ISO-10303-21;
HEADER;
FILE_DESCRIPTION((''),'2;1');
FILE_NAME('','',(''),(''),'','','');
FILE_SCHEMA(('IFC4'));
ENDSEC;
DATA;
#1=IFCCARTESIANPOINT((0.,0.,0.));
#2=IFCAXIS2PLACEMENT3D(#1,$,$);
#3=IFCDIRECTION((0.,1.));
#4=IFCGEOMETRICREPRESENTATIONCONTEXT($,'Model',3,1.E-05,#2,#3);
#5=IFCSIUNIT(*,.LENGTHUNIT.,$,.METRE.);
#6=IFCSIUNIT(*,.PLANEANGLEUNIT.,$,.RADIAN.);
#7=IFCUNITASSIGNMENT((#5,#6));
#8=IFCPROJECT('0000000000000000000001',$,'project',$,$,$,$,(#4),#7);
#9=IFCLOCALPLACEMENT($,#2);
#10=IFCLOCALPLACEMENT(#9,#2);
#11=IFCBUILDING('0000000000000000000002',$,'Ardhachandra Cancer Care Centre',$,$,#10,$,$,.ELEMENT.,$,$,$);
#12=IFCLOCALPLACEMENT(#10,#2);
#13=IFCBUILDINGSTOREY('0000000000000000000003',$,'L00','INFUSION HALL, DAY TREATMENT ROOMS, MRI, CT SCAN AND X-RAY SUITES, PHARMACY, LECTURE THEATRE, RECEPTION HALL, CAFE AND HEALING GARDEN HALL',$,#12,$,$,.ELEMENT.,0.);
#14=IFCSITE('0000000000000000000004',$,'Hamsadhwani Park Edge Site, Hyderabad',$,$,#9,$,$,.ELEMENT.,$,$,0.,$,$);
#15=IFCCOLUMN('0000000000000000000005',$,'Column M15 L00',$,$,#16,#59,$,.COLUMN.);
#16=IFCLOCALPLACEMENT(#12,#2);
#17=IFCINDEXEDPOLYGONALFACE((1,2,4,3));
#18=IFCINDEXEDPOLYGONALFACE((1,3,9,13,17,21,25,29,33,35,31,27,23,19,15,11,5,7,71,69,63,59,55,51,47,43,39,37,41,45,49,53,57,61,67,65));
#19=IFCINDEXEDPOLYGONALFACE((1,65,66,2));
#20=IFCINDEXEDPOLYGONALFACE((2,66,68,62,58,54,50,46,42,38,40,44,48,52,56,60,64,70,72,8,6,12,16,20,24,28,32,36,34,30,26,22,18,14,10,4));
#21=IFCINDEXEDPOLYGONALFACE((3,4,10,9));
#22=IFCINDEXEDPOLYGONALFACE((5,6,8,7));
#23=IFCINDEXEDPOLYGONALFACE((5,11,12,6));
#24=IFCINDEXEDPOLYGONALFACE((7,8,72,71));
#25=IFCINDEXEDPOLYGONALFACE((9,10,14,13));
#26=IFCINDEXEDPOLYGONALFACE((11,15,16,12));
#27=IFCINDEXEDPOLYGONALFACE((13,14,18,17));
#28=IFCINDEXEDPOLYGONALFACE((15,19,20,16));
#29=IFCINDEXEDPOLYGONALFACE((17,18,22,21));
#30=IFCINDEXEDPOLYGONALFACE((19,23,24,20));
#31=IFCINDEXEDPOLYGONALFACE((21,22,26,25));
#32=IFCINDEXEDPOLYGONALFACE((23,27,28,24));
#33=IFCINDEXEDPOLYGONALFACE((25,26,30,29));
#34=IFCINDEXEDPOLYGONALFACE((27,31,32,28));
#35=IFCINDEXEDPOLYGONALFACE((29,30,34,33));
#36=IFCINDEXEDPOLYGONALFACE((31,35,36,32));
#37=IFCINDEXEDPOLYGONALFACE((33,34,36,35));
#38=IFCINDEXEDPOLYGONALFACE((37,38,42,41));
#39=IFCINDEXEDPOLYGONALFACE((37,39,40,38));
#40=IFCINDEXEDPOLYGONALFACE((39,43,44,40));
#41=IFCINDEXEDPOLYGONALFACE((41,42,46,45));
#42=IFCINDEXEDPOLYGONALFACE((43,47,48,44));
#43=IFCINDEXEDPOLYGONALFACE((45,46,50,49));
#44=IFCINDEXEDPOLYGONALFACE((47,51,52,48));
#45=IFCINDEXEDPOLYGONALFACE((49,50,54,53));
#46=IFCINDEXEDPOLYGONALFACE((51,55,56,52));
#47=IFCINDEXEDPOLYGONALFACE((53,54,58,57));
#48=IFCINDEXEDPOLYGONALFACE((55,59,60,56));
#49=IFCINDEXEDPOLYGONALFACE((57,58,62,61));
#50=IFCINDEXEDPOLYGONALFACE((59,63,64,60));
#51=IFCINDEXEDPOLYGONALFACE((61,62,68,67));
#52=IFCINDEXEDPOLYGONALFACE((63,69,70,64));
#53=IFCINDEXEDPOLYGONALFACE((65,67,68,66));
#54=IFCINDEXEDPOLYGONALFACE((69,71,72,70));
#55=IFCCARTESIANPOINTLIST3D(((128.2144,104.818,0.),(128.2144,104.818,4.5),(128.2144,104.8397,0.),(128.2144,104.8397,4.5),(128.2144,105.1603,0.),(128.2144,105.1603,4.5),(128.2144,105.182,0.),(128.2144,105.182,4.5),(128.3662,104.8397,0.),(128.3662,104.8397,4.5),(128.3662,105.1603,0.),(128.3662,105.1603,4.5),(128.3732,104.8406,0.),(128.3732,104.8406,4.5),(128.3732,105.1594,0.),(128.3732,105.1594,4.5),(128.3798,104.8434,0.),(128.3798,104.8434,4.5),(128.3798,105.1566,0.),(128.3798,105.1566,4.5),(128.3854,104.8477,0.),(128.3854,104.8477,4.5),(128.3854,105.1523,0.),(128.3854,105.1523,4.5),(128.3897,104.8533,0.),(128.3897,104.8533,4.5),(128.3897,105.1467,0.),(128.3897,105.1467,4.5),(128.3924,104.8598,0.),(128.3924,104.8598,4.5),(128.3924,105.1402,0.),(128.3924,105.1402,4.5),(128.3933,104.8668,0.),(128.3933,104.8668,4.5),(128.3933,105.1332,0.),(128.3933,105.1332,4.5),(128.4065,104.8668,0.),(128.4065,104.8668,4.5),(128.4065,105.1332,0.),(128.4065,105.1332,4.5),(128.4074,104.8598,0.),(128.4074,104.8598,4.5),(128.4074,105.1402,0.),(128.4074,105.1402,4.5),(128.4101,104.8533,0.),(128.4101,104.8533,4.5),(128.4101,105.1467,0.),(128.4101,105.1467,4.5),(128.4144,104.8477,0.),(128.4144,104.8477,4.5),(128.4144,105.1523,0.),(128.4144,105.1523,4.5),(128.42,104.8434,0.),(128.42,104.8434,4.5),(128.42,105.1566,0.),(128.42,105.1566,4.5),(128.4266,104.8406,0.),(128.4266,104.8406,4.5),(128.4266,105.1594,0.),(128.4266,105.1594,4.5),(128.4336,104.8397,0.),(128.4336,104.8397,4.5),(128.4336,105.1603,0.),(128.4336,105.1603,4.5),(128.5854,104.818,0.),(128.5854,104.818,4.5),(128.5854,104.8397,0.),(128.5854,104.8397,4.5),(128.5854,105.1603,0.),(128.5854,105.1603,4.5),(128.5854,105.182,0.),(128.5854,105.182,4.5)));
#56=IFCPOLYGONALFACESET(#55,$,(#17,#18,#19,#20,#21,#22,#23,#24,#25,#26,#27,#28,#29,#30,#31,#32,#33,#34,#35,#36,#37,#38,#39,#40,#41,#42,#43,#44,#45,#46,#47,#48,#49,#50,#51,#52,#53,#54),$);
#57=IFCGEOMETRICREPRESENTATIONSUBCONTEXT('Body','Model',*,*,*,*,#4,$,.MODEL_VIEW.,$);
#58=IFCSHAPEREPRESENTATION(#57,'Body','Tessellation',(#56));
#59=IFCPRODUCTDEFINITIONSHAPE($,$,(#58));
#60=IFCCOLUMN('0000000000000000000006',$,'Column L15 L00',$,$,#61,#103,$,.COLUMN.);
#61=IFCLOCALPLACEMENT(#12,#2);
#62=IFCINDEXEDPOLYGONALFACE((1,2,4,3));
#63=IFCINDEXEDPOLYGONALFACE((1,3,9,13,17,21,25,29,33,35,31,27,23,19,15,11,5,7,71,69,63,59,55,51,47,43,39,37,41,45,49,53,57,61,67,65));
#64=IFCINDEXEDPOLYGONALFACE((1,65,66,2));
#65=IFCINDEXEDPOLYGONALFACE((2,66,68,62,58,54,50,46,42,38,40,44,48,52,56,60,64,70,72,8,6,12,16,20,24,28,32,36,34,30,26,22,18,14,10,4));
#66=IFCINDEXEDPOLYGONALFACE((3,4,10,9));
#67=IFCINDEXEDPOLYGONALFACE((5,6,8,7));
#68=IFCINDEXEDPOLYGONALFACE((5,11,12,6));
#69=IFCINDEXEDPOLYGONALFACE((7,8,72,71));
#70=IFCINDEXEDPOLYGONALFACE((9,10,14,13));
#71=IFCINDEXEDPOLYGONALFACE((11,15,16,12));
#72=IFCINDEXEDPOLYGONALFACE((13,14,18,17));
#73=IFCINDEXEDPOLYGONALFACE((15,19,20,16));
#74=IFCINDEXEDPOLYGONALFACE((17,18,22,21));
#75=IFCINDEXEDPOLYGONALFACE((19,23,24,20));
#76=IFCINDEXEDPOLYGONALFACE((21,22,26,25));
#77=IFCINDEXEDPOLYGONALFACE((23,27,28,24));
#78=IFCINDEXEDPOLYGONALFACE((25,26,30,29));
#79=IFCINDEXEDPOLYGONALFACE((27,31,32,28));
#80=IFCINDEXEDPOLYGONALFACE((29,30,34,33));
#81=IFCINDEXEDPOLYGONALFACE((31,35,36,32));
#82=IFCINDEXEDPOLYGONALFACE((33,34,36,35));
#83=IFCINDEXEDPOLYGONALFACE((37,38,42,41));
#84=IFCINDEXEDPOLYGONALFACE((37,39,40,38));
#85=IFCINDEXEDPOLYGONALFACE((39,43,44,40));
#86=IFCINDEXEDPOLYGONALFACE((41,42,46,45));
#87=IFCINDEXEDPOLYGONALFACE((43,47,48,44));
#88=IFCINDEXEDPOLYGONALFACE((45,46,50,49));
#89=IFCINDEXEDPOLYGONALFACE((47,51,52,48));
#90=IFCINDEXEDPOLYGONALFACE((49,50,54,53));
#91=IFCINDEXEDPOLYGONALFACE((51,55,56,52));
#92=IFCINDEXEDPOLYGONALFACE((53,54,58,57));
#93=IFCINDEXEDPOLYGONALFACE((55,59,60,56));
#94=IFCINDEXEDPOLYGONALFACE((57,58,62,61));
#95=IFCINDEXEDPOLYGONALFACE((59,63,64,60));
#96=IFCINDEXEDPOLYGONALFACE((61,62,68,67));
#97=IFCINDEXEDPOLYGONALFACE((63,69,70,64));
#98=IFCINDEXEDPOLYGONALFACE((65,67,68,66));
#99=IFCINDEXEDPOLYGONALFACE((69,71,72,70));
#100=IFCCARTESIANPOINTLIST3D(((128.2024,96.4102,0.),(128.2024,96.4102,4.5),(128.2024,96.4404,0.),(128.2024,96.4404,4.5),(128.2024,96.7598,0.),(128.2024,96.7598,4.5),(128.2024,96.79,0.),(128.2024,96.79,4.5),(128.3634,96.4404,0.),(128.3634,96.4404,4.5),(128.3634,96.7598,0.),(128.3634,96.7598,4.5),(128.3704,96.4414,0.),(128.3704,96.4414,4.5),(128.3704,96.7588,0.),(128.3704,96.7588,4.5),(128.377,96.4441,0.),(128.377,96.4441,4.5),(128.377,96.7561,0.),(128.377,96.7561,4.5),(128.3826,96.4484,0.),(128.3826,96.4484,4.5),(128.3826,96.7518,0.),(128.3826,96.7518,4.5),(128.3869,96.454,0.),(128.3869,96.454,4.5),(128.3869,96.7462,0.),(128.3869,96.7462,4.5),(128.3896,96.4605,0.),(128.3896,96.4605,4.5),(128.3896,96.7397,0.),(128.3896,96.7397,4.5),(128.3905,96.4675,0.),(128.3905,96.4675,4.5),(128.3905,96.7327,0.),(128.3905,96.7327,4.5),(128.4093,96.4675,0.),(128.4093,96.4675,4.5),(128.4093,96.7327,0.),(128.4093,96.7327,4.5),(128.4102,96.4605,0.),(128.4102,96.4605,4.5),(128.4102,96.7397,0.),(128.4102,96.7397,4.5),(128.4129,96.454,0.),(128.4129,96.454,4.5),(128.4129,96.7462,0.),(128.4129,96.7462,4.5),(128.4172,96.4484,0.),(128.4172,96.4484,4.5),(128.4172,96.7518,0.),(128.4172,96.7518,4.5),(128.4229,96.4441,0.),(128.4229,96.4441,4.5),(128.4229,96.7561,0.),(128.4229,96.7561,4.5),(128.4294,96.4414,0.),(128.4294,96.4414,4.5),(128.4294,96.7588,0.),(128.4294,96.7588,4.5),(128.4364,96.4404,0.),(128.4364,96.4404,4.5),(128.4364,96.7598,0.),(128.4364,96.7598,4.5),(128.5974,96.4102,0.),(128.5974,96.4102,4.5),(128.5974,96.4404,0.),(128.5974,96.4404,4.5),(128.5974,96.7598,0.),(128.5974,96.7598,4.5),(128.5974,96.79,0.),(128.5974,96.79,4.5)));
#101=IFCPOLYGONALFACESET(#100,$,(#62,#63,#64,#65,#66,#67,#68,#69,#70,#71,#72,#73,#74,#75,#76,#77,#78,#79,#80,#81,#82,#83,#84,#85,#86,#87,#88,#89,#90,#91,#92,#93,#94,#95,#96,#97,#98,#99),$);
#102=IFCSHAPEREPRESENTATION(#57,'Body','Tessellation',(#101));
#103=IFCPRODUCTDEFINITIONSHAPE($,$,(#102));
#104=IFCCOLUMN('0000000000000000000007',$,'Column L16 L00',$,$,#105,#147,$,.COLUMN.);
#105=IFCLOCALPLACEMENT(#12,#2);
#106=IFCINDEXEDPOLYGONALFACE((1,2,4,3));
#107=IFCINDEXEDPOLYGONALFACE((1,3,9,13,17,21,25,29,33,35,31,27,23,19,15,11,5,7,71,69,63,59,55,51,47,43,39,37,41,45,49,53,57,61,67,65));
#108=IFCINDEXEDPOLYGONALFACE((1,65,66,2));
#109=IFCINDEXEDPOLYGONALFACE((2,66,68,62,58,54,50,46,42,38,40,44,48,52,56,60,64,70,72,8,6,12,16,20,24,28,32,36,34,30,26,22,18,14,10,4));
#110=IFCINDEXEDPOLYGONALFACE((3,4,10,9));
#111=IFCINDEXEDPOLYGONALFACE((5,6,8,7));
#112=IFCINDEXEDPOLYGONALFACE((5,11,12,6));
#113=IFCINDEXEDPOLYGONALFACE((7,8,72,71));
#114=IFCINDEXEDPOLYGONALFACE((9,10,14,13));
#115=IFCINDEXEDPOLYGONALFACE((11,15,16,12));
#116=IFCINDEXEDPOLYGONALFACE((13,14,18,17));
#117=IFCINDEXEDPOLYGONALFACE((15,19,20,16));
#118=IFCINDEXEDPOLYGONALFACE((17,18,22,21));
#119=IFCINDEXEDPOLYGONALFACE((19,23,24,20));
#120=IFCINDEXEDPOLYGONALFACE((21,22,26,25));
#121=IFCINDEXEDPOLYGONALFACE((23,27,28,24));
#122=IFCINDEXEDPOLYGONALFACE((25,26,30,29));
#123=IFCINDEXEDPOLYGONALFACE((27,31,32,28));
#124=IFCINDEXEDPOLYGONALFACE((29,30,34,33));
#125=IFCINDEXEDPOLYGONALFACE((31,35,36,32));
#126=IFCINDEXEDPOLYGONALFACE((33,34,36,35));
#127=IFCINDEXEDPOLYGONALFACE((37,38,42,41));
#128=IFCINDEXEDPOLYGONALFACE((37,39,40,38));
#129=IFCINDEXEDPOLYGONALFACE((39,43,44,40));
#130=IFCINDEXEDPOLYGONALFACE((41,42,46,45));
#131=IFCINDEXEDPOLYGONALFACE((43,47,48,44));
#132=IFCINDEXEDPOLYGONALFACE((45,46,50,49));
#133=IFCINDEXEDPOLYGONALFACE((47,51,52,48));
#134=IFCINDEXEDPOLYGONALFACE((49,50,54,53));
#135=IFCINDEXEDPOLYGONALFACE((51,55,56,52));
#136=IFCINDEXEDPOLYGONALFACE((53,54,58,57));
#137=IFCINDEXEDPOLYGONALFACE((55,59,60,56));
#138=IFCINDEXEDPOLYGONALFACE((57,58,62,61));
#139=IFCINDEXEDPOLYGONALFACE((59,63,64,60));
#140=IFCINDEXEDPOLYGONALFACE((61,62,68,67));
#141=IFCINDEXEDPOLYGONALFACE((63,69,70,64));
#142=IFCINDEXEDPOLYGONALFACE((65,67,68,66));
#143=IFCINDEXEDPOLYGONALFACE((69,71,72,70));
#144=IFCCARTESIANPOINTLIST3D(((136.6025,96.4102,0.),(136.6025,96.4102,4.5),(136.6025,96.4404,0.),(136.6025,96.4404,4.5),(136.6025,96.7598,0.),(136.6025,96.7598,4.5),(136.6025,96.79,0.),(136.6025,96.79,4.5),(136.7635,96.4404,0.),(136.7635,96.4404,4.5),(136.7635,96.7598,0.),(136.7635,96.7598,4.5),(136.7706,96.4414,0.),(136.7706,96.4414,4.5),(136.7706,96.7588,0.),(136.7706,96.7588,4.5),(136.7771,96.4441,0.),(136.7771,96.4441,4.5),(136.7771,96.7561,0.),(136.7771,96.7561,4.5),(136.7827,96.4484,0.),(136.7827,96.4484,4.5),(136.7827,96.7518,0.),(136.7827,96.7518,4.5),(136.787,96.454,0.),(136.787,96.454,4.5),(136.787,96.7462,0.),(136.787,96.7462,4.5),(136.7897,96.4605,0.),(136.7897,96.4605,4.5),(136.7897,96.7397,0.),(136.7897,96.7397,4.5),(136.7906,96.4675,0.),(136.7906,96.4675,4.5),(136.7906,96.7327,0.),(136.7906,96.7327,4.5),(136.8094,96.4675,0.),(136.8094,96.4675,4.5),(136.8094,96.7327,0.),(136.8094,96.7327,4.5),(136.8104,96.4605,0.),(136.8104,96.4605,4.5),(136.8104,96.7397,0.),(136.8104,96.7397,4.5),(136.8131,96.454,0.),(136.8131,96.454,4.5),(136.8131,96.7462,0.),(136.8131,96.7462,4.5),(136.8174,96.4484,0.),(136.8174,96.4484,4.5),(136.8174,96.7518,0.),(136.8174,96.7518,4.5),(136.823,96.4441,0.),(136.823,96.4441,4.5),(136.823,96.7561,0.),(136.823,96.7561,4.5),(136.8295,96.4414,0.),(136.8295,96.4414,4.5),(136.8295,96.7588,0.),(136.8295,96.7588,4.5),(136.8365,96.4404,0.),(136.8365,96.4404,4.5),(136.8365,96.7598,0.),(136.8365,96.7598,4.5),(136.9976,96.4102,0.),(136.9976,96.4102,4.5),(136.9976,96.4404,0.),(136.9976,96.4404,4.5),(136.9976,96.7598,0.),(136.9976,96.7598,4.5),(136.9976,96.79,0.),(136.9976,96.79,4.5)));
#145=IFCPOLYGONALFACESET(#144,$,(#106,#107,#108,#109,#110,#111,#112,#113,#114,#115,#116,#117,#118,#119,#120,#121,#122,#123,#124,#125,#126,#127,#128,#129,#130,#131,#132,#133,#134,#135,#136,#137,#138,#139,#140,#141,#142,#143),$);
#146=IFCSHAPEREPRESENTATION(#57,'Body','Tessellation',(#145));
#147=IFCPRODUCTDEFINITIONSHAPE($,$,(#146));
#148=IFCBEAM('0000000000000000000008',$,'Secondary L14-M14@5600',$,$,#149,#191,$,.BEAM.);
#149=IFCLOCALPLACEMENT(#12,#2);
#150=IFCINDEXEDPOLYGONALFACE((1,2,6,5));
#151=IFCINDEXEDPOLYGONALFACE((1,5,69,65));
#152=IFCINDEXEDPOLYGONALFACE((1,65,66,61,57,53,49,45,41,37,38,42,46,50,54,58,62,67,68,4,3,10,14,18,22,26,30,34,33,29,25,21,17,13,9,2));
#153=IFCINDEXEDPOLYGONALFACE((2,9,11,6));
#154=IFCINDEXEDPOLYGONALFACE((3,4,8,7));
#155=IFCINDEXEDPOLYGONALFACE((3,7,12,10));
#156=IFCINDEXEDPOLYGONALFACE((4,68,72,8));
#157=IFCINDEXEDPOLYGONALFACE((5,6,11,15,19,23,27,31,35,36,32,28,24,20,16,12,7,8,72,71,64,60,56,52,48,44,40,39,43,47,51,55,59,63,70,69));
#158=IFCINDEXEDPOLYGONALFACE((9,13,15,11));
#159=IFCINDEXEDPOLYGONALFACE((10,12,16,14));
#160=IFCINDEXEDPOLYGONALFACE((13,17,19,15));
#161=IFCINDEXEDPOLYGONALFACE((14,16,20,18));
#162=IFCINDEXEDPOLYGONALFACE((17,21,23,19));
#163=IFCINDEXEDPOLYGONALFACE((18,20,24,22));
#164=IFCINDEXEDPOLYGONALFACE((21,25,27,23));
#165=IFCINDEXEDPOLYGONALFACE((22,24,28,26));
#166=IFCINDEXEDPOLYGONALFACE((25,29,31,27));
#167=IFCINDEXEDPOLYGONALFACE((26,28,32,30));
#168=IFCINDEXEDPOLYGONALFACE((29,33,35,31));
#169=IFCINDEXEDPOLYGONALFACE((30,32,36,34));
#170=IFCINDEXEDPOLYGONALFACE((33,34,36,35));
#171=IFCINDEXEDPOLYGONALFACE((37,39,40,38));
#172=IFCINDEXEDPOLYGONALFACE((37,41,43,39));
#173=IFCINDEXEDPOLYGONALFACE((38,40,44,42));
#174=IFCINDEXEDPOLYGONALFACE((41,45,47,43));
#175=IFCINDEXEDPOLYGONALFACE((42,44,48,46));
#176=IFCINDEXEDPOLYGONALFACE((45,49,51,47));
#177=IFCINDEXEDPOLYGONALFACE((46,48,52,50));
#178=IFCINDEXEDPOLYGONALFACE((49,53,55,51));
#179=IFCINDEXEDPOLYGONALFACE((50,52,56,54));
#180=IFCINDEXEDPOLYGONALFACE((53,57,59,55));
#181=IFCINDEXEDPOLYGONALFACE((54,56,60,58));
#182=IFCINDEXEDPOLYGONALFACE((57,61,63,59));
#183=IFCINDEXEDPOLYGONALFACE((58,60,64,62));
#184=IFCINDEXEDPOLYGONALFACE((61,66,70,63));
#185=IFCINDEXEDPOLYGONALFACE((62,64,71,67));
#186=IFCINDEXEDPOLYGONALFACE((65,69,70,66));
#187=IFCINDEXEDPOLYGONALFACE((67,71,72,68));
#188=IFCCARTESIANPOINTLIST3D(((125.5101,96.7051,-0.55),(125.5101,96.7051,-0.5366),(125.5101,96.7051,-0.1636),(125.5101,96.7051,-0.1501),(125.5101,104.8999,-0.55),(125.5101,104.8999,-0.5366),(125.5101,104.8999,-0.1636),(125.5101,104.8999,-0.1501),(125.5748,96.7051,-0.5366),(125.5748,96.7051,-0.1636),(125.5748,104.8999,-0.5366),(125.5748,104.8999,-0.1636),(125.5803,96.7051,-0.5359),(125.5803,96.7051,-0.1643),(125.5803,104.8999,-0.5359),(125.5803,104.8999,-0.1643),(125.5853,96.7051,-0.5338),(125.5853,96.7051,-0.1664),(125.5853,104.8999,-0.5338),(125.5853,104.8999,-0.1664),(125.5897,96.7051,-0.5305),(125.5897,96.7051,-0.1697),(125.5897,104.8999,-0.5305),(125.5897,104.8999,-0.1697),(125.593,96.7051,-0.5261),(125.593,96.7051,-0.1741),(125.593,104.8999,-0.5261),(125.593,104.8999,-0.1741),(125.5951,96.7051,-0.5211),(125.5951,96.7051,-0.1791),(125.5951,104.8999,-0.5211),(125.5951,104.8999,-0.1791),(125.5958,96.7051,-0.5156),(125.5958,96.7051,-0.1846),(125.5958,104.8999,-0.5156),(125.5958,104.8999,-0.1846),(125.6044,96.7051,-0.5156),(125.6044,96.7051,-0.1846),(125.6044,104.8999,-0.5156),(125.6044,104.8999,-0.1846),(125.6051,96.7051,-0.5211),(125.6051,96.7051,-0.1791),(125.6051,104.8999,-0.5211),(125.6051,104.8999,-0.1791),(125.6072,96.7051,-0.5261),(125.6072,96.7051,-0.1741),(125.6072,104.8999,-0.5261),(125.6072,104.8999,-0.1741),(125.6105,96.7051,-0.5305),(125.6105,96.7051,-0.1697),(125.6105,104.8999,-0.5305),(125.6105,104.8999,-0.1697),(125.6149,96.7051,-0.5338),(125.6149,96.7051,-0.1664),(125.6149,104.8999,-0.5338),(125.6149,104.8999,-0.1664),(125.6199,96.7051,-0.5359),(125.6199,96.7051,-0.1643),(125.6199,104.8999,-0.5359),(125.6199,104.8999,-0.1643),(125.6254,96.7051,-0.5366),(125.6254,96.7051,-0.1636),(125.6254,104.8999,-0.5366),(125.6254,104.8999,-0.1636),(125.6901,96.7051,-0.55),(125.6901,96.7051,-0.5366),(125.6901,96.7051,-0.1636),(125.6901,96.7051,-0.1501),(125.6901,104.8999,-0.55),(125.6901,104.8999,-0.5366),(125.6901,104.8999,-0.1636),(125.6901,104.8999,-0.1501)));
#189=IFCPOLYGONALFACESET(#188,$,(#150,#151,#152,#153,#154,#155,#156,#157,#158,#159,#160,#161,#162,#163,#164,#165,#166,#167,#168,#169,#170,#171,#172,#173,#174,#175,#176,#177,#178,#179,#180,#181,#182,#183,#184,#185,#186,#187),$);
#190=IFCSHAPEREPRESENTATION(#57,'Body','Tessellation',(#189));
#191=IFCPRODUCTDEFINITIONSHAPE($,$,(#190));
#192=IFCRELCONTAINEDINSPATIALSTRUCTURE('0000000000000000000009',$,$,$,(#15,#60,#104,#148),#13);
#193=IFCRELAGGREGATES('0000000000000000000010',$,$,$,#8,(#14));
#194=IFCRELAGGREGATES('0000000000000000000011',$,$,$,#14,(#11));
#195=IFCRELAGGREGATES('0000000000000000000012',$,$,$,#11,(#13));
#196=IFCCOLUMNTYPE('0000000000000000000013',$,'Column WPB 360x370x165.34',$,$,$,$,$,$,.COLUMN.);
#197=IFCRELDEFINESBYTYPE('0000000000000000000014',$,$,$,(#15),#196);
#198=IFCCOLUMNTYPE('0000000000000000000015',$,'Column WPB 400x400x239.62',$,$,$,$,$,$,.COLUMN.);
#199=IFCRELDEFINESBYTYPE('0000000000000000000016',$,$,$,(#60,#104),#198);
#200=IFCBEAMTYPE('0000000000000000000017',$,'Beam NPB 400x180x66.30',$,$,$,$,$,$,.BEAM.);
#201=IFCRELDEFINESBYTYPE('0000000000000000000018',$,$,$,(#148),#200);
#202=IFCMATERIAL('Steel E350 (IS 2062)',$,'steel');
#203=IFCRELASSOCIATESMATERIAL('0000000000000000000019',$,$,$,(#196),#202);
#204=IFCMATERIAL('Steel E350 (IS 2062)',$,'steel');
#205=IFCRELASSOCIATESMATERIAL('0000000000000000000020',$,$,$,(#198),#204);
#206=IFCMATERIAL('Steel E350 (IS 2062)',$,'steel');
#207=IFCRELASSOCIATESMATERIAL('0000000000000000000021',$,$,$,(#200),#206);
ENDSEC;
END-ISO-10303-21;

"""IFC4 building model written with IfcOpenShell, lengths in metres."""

from ifc_helpers import new_model, si_unit, direction, frame, origin, origin_2d, place, context, subcontext, project, spatial, i_section, extrude, material, material_profile, profile_set, type_object, element, save


model = new_model("IFC4")

# Units and contexts
model_context = context("Model", 3, precision=1e-05, world=origin(), true_north=direction((0.0, 1.0)))
body_context = subcontext(model_context, "Body", "Model", "MODEL_VIEW")
ifc_project = project(units=[si_unit("LENGTHUNIT", "METRE"), si_unit("PLANEANGLEUNIT", "RADIAN")], contexts=[model_context])

# Site, building, storey
site_placement = place(None, origin())
site = spatial("IfcSite", under=ifc_project, at=site_placement, Name="Hamsadhwani Park Edge Site, Hyderabad", CompositionType="ELEMENT", RefElevation=0.0)
building_placement = place(site_placement, origin())
building = spatial("IfcBuilding", under=site, at=building_placement, Name="Ardhachandra Cancer Care Centre", CompositionType="ELEMENT")
storey_placement = place(building_placement, origin())
storey = spatial("IfcBuildingStorey", under=building, at=storey_placement, Name="L00", Description="INFUSION HALL, DAY TREATMENT ROOMS, MRI, CT SCAN AND X-RAY SUITES, PHARMACY, LECTURE THEATRE, RECEPTION HALL, CAFE AND HEALING GARDEN HALL", CompositionType="ELEMENT", Elevation=0.0)

# Columns
ifc_material_1 = material(Name="Steel E350 (IS 2062)", Category="steel")
ifc_material_profile_1 = material_profile(ifc_material_1, i_section(OverallWidth=0.3711, OverallDepth=0.364, WebThickness=0.0132, FlangeThickness=0.0217, FilletRadius=0.0271, at=origin_2d()), Name="WPB 360x370x165.34")
ifc_profile_set_1 = profile_set([ifc_material_profile_1], Name="Steel E350 (IS 2062)")
column_type_1 = type_object("IfcColumnType", Name="Column WPB 360x370x165.34", PredefinedType="COLUMN", material=ifc_profile_set_1)
column_placement = place(storey_placement, frame((128.3999, 105.0, 0.0), z_axis=(0.0, 0.0, 1.0), x_axis=(1.0, 0.0, 0.0)))
element("IfcColumn", 1, at=column_placement, inside=storey, type_object=column_type_1, Name="Column M15 L00", PredefinedType="COLUMN", context=body_context, shape_type="SweptSolid", body=[
    extrude(i_section(OverallWidth=0.3711, OverallDepth=0.364, WebThickness=0.0132, FlangeThickness=0.0217, FilletRadius=0.0271, at=origin_2d()), origin(), (0.0, 0.0, 1.0), 4.5),
])
ifc_material_2 = material(Name="Steel E350 (IS 2062)", Category="steel")
ifc_material_profile_2 = material_profile(ifc_material_2, i_section(OverallWidth=0.395, OverallDepth=0.3799, WebThickness=0.0188, FlangeThickness=0.0303, FilletRadius=0.0271, at=origin_2d()), Name="WPB 400x400x239.62")
ifc_profile_set_2 = profile_set([ifc_material_profile_2], Name="Steel E350 (IS 2062)")
column_type_2 = type_object("IfcColumnType", Name="Column WPB 400x400x239.62", PredefinedType="COLUMN", material=ifc_profile_set_2)
for number, where, z_axis, x_axis, name in (
    (2, (128.3999, 96.6001, 0.0), (0.0, 0.0, 1.0), (1.0, 0.0, 0.0), "Column L15 L00"),
    (3, (136.8, 96.6001, 0.0), (0.0, 0.0, 1.0), (1.0, 0.0, 0.0), "Column L16 L00"),
):
    element("IfcColumn", number, at=place(storey_placement, frame(where, z_axis=z_axis, x_axis=x_axis)), inside=storey, type_object=column_type_2, Name=name, PredefinedType="COLUMN", context=body_context, shape_type="SweptSolid", body=[
        extrude(i_section(OverallWidth=0.395, OverallDepth=0.3799, WebThickness=0.0188, FlangeThickness=0.0303, FilletRadius=0.0271, at=origin_2d()), origin(), (0.0, 0.0, 1.0), 4.5),
    ])

# Beam
ifc_material_3 = material(Name="Steel E350 (IS 2062)", Category="steel")
ifc_material_profile_3 = material_profile(ifc_material_3, i_section(OverallWidth=0.1799, OverallDepth=0.3999, WebThickness=0.0085, FlangeThickness=0.0134, FilletRadius=0.021, at=origin_2d()), Name="NPB 400x180x66.30")
ifc_profile_set_3 = profile_set([ifc_material_profile_3], Name="Steel E350 (IS 2062)")
beam_type_1 = type_object("IfcBeamType", Name="Beam NPB 400x180x66.30", PredefinedType="BEAM", material=ifc_profile_set_3)
for number, where, z_axis, x_axis, name in (
    (4, (125.6001, 96.7051, -0.3501), (0.0, 1.0, 0.0), (-1.0, 0.0, 0.0), "Secondary L14-M14@5600"),
):
    element("IfcBeam", number, at=place(storey_placement, frame(where, z_axis=z_axis, x_axis=x_axis)), inside=storey, type_object=beam_type_1, Name=name, PredefinedType="BEAM", context=body_context, shape_type="SweptSolid", body=[
        extrude(i_section(OverallWidth=0.1799, OverallDepth=0.3999, WebThickness=0.0085, FlangeThickness=0.0134, FilletRadius=0.021, at=origin_2d()), origin(), (0.0, 0.0, 1.0), 8.1948),
    ])

save(model, "model.ifc")
